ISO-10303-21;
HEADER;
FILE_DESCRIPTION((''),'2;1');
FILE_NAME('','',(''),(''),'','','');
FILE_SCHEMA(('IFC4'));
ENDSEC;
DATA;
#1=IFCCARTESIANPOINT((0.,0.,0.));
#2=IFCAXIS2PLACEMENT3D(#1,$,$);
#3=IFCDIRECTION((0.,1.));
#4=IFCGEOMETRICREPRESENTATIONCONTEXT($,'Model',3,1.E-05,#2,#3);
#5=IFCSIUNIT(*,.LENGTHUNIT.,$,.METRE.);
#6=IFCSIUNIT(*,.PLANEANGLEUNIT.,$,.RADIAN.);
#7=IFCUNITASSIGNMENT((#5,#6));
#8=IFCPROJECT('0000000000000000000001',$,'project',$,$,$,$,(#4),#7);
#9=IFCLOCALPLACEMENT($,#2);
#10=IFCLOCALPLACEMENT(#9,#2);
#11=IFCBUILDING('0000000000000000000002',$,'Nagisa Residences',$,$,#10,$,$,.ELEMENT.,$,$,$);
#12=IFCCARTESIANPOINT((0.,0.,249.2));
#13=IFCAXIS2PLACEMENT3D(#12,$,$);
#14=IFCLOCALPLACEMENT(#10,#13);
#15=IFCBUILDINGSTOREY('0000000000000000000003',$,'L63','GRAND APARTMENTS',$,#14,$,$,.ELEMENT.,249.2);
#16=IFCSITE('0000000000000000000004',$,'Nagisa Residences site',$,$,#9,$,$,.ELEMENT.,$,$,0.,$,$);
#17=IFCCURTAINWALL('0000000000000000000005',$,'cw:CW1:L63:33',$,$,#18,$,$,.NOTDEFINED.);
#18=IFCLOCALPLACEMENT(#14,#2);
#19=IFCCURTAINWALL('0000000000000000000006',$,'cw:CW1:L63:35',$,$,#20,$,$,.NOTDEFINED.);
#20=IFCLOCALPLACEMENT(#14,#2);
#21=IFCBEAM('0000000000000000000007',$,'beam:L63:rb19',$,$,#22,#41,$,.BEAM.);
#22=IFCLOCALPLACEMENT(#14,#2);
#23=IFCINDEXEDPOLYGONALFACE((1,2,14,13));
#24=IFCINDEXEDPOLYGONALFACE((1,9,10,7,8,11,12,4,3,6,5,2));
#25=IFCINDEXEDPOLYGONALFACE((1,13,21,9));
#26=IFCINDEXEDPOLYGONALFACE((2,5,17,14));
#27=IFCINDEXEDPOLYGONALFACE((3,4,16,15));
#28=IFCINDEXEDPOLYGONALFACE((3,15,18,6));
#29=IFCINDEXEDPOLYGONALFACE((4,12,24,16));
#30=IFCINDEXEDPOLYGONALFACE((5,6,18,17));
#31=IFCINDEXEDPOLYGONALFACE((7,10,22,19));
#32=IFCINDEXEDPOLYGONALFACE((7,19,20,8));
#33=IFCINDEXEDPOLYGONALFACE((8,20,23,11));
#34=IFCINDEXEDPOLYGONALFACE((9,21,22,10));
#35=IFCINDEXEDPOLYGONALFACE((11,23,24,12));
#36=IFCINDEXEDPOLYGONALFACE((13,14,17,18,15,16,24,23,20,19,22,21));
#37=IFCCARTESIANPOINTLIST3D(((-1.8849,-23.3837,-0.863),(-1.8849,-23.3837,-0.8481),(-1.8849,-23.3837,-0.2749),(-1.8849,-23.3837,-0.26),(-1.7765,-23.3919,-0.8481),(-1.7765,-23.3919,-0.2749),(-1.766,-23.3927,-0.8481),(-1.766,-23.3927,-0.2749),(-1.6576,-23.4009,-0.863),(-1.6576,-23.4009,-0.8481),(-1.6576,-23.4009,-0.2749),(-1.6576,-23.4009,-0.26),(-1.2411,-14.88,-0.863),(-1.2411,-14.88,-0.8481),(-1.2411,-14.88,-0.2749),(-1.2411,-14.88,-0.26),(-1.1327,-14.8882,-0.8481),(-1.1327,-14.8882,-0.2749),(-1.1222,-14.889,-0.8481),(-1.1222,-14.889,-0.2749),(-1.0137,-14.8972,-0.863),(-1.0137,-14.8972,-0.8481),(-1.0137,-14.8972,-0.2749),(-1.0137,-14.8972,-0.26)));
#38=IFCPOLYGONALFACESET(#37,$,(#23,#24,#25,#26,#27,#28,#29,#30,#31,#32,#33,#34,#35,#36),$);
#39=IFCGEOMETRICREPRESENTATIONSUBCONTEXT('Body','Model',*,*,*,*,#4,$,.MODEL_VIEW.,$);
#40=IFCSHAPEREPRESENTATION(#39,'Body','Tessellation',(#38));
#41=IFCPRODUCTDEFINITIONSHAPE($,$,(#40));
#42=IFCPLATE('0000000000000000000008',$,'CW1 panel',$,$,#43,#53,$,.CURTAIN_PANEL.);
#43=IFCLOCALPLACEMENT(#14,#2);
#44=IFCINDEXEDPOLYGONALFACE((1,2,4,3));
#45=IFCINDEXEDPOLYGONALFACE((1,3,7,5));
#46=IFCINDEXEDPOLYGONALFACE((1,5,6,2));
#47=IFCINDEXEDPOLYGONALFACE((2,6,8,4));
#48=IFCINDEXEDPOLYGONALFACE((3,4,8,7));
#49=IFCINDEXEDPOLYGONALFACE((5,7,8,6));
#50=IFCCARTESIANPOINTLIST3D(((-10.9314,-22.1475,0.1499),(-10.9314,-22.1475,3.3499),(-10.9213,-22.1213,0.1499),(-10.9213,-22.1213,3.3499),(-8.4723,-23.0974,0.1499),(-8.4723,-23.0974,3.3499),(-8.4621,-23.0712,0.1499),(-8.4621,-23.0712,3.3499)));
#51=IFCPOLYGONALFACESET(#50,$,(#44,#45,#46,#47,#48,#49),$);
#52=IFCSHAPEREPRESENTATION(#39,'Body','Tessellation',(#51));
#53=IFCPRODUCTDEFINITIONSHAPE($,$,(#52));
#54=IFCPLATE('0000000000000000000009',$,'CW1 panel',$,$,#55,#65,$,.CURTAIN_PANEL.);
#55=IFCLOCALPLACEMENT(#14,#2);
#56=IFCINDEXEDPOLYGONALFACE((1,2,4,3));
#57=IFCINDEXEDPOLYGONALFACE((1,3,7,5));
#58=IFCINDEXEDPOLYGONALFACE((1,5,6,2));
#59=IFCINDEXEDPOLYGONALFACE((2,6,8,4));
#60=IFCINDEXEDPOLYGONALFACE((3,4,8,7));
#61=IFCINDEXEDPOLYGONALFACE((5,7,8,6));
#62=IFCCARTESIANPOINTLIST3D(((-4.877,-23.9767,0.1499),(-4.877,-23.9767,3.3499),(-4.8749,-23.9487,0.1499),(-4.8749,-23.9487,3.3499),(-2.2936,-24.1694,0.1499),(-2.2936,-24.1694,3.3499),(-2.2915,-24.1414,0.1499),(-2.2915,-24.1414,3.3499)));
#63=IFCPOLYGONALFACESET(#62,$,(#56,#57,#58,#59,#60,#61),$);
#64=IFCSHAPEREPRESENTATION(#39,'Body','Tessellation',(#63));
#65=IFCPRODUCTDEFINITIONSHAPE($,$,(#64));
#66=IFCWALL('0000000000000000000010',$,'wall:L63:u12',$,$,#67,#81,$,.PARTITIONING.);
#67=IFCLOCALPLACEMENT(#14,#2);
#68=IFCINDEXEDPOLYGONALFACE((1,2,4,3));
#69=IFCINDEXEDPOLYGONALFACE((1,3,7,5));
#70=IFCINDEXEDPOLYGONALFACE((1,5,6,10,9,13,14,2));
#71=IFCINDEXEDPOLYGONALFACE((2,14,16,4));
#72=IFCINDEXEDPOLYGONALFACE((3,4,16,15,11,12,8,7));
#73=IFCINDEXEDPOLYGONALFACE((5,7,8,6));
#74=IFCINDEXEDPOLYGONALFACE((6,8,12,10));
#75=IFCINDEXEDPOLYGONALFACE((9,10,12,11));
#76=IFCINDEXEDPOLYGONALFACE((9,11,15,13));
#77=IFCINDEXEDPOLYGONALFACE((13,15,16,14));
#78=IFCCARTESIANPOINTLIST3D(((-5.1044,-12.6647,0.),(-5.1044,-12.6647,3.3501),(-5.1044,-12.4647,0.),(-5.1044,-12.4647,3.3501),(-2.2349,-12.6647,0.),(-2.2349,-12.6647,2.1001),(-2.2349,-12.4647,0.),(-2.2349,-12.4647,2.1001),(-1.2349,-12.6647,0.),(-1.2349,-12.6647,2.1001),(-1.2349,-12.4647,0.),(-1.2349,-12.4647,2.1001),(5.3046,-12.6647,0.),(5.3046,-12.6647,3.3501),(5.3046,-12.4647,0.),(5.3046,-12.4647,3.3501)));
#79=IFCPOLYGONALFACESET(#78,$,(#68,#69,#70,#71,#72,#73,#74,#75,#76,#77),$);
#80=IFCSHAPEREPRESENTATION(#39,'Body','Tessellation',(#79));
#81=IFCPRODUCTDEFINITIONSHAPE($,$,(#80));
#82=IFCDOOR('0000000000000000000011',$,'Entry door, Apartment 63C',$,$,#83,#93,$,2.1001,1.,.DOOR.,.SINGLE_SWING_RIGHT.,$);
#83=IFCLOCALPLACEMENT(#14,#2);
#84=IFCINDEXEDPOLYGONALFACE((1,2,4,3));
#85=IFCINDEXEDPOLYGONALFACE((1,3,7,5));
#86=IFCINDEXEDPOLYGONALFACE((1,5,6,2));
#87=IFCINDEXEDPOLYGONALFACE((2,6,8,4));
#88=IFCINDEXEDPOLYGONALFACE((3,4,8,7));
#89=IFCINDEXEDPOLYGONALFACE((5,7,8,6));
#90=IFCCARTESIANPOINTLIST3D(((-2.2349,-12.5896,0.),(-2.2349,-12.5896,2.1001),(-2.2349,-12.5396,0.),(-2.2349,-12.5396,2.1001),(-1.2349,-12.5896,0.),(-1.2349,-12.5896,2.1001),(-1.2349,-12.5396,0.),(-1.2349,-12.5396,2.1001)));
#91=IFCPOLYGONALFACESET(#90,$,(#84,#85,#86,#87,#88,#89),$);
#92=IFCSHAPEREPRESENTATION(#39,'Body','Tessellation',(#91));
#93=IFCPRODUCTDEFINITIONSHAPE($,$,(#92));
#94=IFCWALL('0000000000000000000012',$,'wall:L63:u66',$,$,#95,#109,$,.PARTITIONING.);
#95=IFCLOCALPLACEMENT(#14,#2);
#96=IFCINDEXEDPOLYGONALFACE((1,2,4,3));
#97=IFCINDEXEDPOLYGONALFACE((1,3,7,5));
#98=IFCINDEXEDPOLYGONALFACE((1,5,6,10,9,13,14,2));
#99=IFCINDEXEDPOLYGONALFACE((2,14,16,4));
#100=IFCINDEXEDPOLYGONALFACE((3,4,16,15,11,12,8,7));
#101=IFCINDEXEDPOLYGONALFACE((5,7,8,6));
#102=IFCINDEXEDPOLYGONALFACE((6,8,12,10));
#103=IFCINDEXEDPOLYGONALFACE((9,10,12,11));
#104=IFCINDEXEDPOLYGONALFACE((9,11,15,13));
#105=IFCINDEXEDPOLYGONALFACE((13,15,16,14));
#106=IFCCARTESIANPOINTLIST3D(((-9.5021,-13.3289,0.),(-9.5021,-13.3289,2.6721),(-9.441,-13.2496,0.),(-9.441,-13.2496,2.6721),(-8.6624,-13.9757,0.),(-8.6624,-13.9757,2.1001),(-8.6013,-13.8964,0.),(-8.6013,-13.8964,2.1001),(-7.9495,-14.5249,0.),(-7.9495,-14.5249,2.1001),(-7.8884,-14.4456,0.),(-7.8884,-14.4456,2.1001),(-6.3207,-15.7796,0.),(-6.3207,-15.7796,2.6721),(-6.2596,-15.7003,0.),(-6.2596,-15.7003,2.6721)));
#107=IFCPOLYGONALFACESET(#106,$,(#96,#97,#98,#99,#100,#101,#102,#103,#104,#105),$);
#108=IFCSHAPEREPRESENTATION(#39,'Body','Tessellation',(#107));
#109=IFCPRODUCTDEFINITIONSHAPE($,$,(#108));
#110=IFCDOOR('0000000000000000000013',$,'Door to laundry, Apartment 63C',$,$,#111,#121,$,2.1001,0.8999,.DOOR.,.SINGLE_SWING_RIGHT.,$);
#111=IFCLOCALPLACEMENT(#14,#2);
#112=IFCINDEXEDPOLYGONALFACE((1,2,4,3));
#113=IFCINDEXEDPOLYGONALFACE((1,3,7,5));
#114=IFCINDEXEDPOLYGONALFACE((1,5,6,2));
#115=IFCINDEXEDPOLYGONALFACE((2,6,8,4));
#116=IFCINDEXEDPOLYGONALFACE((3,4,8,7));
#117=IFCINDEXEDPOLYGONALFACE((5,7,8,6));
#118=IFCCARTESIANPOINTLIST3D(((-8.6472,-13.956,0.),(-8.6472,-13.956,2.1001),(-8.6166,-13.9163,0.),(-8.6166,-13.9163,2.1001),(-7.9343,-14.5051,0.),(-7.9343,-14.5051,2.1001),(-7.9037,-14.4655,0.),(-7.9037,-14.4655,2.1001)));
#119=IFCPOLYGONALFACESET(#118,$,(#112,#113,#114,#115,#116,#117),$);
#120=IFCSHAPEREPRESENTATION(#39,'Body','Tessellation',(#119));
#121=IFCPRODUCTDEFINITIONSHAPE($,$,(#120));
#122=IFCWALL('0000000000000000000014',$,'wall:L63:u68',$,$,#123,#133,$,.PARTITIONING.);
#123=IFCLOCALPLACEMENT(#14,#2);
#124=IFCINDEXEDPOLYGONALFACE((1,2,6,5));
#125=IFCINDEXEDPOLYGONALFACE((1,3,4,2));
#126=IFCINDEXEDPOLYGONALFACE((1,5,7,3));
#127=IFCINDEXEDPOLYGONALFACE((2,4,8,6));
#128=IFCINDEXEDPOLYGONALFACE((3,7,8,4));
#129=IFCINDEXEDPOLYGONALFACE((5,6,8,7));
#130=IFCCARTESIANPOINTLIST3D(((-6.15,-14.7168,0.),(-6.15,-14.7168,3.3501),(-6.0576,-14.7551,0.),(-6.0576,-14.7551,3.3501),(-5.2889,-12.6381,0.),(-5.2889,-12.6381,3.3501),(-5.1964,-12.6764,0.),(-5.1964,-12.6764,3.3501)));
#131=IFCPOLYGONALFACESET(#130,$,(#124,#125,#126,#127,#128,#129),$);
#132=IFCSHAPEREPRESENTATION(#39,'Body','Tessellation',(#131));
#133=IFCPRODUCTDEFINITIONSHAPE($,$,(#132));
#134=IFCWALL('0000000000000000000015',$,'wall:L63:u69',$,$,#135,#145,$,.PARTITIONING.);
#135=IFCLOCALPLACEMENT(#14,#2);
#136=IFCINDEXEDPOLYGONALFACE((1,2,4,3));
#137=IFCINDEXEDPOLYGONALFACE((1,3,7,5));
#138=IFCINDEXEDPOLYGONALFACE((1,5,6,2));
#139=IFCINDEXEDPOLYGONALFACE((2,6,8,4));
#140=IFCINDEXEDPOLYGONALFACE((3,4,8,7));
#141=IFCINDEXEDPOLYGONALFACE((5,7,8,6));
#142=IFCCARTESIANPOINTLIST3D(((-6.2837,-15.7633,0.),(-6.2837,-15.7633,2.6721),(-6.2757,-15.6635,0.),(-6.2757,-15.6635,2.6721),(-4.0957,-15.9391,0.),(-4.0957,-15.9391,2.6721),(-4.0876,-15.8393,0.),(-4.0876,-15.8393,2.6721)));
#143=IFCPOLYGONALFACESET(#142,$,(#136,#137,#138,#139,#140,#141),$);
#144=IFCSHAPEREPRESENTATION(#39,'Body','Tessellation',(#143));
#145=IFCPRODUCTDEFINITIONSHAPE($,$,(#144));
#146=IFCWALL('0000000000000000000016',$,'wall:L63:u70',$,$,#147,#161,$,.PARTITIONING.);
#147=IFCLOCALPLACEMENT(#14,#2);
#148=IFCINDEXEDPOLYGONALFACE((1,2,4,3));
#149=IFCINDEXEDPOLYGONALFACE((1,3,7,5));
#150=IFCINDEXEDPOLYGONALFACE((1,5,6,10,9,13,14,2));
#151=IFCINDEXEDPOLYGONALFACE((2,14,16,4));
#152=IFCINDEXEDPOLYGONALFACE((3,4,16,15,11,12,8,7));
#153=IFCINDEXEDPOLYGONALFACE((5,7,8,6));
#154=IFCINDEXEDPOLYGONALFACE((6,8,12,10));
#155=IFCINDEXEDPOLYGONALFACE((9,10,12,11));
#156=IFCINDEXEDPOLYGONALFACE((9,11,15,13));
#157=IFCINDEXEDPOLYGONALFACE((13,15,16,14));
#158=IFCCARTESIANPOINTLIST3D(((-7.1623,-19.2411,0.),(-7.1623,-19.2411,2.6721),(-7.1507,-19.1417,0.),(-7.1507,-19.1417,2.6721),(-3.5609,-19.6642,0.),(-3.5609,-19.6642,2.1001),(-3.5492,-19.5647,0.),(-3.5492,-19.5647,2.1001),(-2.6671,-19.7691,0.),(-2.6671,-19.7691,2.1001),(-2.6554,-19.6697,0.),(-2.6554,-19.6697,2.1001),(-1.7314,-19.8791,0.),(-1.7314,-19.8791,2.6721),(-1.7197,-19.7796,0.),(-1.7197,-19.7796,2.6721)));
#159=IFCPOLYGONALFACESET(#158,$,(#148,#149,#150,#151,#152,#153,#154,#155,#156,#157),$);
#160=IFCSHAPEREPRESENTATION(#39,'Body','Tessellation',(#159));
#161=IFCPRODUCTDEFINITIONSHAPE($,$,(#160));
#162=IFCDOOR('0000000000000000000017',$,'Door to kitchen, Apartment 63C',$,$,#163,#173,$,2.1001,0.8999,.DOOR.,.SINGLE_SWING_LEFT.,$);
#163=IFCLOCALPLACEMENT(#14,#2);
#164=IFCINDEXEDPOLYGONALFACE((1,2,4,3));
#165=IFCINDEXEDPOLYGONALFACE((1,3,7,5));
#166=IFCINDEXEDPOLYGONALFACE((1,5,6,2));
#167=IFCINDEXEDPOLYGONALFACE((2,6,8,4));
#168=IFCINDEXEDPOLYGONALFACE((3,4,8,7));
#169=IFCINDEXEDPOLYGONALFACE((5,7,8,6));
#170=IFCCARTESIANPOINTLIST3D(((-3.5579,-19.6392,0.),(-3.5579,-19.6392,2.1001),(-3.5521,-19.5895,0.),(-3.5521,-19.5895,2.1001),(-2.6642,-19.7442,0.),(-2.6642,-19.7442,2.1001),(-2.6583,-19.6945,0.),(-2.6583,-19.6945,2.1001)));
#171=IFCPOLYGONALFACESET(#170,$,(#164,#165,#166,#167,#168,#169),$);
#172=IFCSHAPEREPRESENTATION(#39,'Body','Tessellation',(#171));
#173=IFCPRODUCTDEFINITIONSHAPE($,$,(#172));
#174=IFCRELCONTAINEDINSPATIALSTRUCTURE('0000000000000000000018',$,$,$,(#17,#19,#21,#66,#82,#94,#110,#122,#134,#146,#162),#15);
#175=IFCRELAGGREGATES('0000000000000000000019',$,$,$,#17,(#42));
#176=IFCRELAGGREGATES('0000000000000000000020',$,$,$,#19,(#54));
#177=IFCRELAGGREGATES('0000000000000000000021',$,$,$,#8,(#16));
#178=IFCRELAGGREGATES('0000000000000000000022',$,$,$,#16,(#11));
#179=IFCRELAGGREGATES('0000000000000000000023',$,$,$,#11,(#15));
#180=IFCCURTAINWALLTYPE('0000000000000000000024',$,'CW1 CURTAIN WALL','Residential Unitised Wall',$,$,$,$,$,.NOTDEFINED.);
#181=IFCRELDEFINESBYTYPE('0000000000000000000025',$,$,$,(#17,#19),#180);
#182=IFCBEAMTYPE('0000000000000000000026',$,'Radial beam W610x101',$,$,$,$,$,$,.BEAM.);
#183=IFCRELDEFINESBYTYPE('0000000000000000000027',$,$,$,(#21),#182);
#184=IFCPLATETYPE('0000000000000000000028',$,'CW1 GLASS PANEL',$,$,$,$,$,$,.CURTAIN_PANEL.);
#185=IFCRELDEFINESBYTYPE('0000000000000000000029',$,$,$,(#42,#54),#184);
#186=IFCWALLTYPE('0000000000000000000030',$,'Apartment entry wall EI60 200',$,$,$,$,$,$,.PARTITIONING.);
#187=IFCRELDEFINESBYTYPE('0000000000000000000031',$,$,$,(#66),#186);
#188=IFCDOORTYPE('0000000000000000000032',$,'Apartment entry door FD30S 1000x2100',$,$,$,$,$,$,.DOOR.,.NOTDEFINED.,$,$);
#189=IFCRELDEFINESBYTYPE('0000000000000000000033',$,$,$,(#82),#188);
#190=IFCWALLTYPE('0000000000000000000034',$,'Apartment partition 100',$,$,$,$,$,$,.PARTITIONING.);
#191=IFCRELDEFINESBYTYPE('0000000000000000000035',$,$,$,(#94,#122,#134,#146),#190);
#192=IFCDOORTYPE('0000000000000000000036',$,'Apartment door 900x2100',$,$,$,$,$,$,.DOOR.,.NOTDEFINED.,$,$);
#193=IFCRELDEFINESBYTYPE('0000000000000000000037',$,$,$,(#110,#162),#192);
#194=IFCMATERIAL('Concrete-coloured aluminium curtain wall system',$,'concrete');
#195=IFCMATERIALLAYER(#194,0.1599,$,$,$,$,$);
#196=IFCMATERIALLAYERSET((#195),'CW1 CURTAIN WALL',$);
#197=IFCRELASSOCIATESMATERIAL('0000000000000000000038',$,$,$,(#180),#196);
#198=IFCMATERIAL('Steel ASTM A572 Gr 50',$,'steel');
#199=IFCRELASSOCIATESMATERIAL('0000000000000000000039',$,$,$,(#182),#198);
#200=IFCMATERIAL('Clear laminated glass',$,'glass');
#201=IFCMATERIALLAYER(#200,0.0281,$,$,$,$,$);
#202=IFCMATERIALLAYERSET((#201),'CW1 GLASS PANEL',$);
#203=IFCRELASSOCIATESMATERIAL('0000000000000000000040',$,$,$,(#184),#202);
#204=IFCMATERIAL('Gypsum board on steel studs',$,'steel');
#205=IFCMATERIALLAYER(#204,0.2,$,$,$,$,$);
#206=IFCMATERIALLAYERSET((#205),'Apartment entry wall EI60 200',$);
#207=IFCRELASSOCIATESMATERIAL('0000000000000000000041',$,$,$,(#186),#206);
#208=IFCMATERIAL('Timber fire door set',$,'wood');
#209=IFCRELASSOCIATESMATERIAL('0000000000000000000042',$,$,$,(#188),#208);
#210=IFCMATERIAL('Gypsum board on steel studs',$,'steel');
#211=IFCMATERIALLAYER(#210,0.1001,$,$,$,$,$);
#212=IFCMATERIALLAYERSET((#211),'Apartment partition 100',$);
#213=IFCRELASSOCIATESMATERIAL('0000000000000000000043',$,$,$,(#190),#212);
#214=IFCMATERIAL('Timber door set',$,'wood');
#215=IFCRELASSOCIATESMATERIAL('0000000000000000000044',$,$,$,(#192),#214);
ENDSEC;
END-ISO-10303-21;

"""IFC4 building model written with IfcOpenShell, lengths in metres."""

from ifc_helpers import new_model, si_unit, direction, frame, frame_2d, origin, origin_2d, place, context, subcontext, project, spatial, rectangle, i_section, extrude, material, layer, layer_set, material_profile, profile_set, type_object, element, fill, aggregate, save


model = new_model("IFC4")

# Units and contexts
model_context = context("Model", 3, precision=1e-05, world=origin(), true_north=direction((0.0, 1.0)))
body_context = subcontext(model_context, "Body", "Model", "MODEL_VIEW")
ifc_project = project(units=[si_unit("LENGTHUNIT", "METRE"), si_unit("PLANEANGLEUNIT", "RADIAN")], contexts=[model_context])

# Site, building, storey
site_placement = place(None, origin())
site = spatial("IfcSite", under=ifc_project, at=site_placement, Name="Nagisa Residences site", CompositionType="ELEMENT", RefElevation=0.0)
building_placement = place(site_placement, origin())
building = spatial("IfcBuilding", under=site, at=building_placement, Name="Nagisa Residences", CompositionType="ELEMENT")
storey_placement = place(building_placement, frame((0.0, 0.0, 249.2)))
storey = spatial("IfcBuildingStorey", under=building, at=storey_placement, Name="L63", Description="GRAND APARTMENTS", CompositionType="ELEMENT", Elevation=249.2)

# Curtain wall
ifc_material_1 = material(Name="Concrete-coloured aluminium curtain wall system", Category="concrete")
ifc_layer_1 = layer(ifc_material_1, 0.1599)
ifc_layer_set_1 = layer_set([ifc_layer_1], Name="CW1 CURTAIN WALL")
curtain_wall_type = type_object("IfcCurtainWallType", Name="CW1 CURTAIN WALL", Description="Residential Unitised Wall", PredefinedType="NOTDEFINED", material=ifc_layer_set_1)
curtain_wall_1_placement = place(storey_placement, origin())
curtain_wall_1 = element("IfcCurtainWall", 1, at=curtain_wall_1_placement, inside=storey, type_object=curtain_wall_type, Name="cw:CW1:L63:33", PredefinedType="NOTDEFINED")

# Curtain wall
curtain_wall_2_placement = place(storey_placement, origin())
curtain_wall_2 = element("IfcCurtainWall", 2, at=curtain_wall_2_placement, inside=storey, type_object=curtain_wall_type, Name="cw:CW1:L63:35", PredefinedType="NOTDEFINED")

# Beam
ifc_material_2 = material(Name="Steel ASTM A572 Gr 50", Category="steel")
ifc_material_profile_1 = material_profile(ifc_material_2, i_section(OverallWidth=0.228, OverallDepth=0.603, WebThickness=0.0105, FlangeThickness=0.0149, at=origin_2d()), Name="W610x101")
ifc_profile_set_1 = profile_set([ifc_material_profile_1], Name="Steel ASTM A572 Gr 50")
beam_type_1 = type_object("IfcBeamType", Name="Radial beam W610x101", PredefinedType="BEAM", material=ifc_profile_set_1)
beam_1_placement = place(storey_placement, frame((-1.7712, -23.3923, -0.5615), z_axis=(0.075492, 0.997146, 0.0), x_axis=(-0.997146, 0.075492, 0.0)))
element("IfcBeam", 3, at=beam_1_placement, inside=storey, type_object=beam_type_1, Name="beam:L63:rb19", PredefinedType="BEAM", context=body_context, shape_type="SweptSolid", body=[
    extrude(i_section(OverallWidth=0.228, OverallDepth=0.603, WebThickness=0.0105, FlangeThickness=0.0149, at=origin_2d()), origin(), (0.0, 0.0, 1.0), 8.5281),
])

# Plates
ifc_material_3 = material(Name="Clear laminated glass", Category="glass")
ifc_layer_2 = layer(ifc_material_3, 0.0281)
ifc_layer_set_2 = layer_set([ifc_layer_2], Name="CW1 GLASS PANEL")
plate_type = type_object("IfcPlateType", Name="CW1 GLASS PANEL", PredefinedType="CURTAIN_PANEL", material=ifc_layer_set_2)
plate_1_placement = place(storey_placement, frame((-9.6968, -22.6094, 0.1499), z_axis=(0.0, 0.0, 1.0), x_axis=(0.932826, -0.360328, 0.0)))
plate_1 = element("IfcPlate", 4, at=plate_1_placement, type_object=plate_type, Name="CW1 panel", PredefinedType="CURTAIN_PANEL", context=body_context, shape_type="SweptSolid", body=[
    extrude(rectangle(XDim=2.6362, YDim=0.0281, at=origin_2d()), origin(), (0.0, 0.0, 1.0), 3.2),
])
aggregate(curtain_wall_1, [plate_1])
plate_2_placement = place(storey_placement, frame((-3.5842, -24.0591, 0.1499), z_axis=(0.0, 0.0, 1.0), x_axis=(0.99723, -0.074377, 0.0)))
plate_2 = element("IfcPlate", 5, at=plate_2_placement, type_object=plate_type, Name="CW1 panel", PredefinedType="CURTAIN_PANEL", context=body_context, shape_type="SweptSolid", body=[
    extrude(rectangle(XDim=2.5906, YDim=0.0281, at=origin_2d()), origin(), (0.0, 0.0, 1.0), 3.2),
])
aggregate(curtain_wall_2, [plate_2])

# Walls, openings, doors
ifc_material_4 = material(Name="Gypsum board on steel studs", Category="steel")
ifc_layer_3 = layer(ifc_material_4, 0.2)
ifc_layer_set_3 = layer_set([ifc_layer_3], Name="Apartment entry wall EI60 200")
wall_type_1 = type_object("IfcWallType", Name="Apartment entry wall EI60 200", PredefinedType="PARTITIONING", material=ifc_layer_set_3)
wall_1_placement = place(storey_placement, frame((-5.1045, -12.5647, 0.0), z_axis=(0.0, 0.0, 1.0), x_axis=(1.0, 0.0, 0.0)))
wall_1 = element("IfcWall", 6, at=wall_1_placement, inside=storey, type_object=wall_type_1, Name="wall:L63:u12", PredefinedType="PARTITIONING", context=body_context, shape_type="SweptSolid", body=[
    extrude(rectangle(XDim=10.4089, YDim=0.2, at=frame_2d((5.2046, 0.0))), origin(), (0.0, 0.0, 1.0), 3.3501),
])
opening_1_placement = place(wall_1_placement, frame((2.8696, 0.0, 0.0)))
opening_1 = element("IfcOpeningElement", 7, at=opening_1_placement, cuts=wall_1, PredefinedType="OPENING", context=body_context, shape_type="SweptSolid", body=[
    extrude(rectangle(XDim=1.0, YDim=2.1001, at=frame_2d((0.5, 1.05))), frame((0.0, 0.1099, 0.0), z_axis=(0.0, -1.0, 0.0), x_axis=(1.0, 0.0, 0.0)), (0.0, 0.0, 1.0), 0.22),
])
ifc_material_5 = material(Name="Timber fire door set", Category="wood")
door_type_1 = type_object("IfcDoorType", Name="Apartment entry door FD30S 1000x2100", OperationType="NOTDEFINED", PredefinedType="DOOR", material=ifc_material_5)
door_1_placement = place(opening_1_placement, frame((1.0, 0.0, 0.0), x_axis=(-1.0, 0.0, 0.0)))
door_1 = element("IfcDoor", 8, at=door_1_placement, inside=storey, type_object=door_type_1, Name="Entry door, Apartment 63C", OperationType="SINGLE_SWING_RIGHT", OverallHeight=2.1001, OverallWidth=1.0, PredefinedType="DOOR", context=body_context, shape_type="SweptSolid", body=[
    extrude(rectangle(XDim=1.0, YDim=2.1001, at=frame_2d((0.5, 1.05))), frame((0.0, 0.0249, 0.0), z_axis=(0.0, -1.0, 0.0), x_axis=(1.0, 0.0, 0.0)), (0.0, 0.0, 1.0), 0.05),
])
fill(opening_1, door_1)
ifc_material_6 = material(Name="Gypsum board on steel studs", Category="steel")
ifc_layer_4 = layer(ifc_material_6, 0.1001)
ifc_layer_set_4 = layer_set([ifc_layer_4], Name="Apartment partition 100")
wall_type_2 = type_object("IfcWallType", Name="Apartment partition 100", PredefinedType="PARTITIONING", material=ifc_layer_set_4)
wall_2_placement = place(storey_placement, frame((-9.4714, -13.2893, 0.0), z_axis=(0.0, 0.0, 1.0), x_axis=(0.792208, -0.610251, 0.0)))
wall_2 = element("IfcWall", 9, at=wall_2_placement, inside=storey, type_object=wall_type_2, Name="wall:L63:u66", PredefinedType="PARTITIONING", context=body_context, shape_type="SweptSolid", body=[
    extrude(rectangle(XDim=4.0159, YDim=0.1001, at=frame_2d((2.0078, 0.0))), origin(), (0.0, 0.0, 1.0), 2.6721),
])
opening_2_placement = place(wall_2_placement, frame((1.0598, 0.0, 0.0)))
opening_2 = element("IfcOpeningElement", 10, at=opening_2_placement, cuts=wall_2, PredefinedType="OPENING", context=body_context, shape_type="SweptSolid", body=[
    extrude(rectangle(XDim=0.8999, YDim=2.1001, at=frame_2d((0.45, 1.05))), frame((0.0, 0.0601, 0.0), z_axis=(0.0, -1.0, 0.0), x_axis=(1.0, 0.0, 0.0)), (0.0, 0.0, 1.0), 0.1201),
])
ifc_material_7 = material(Name="Timber door set", Category="wood")
door_type_2 = type_object("IfcDoorType", Name="Apartment door 900x2100", OperationType="NOTDEFINED", PredefinedType="DOOR", material=ifc_material_7)
door_2_placement = place(opening_2_placement, origin())
door_2 = element("IfcDoor", 11, at=door_2_placement, inside=storey, type_object=door_type_2, Name="Door to laundry, Apartment 63C", OperationType="SINGLE_SWING_RIGHT", OverallHeight=2.1001, OverallWidth=0.8999, PredefinedType="DOOR", context=body_context, shape_type="SweptSolid", body=[
    extrude(rectangle(XDim=0.8999, YDim=2.1001, at=frame_2d((0.45, 1.05))), frame((0.0, 0.0249, 0.0), z_axis=(0.0, -1.0, 0.0), x_axis=(1.0, 0.0, 0.0)), (0.0, 0.0, 1.0), 0.05),
])
fill(opening_2, door_2)

# Walls
wall_3_placement = place(storey_placement, frame((-5.2427, -12.6572, 0.0), z_axis=(0.0, 0.0, 1.0), x_axis=(-0.382719, -0.923865, 0.0)))
element("IfcWall", 12, at=wall_3_placement, inside=storey, type_object=wall_type_2, Name="wall:L63:u68", PredefinedType="PARTITIONING", context=body_context, shape_type="SweptSolid", body=[
    extrude(rectangle(XDim=2.25, YDim=0.1001, at=frame_2d((1.125, 0.0))), origin(), (0.0, 0.0, 1.0), 3.3501),
])
wall_4_placement = place(storey_placement, frame((-6.2798, -15.7134, 0.0), z_axis=(0.0, 0.0, 1.0), x_axis=(0.996788, -0.080081, 0.0)))
element("IfcWall", 13, at=wall_4_placement, inside=storey, type_object=wall_type_2, Name="wall:L63:u69", PredefinedType="PARTITIONING", context=body_context, shape_type="SweptSolid", body=[
    extrude(rectangle(XDim=2.1951, YDim=0.1001, at=frame_2d((1.0977, 0.0))), origin(), (0.0, 0.0, 1.0), 2.6721),
])

# Wall, opening, door
wall_5_placement = place(storey_placement, frame((-7.1565, -19.1914, 0.0), z_axis=(0.0, 0.0, 1.0), x_axis=(0.993172, -0.116663, 0.0)))
wall_5 = element("IfcWall", 14, at=wall_5_placement, inside=storey, type_object=wall_type_2, Name="wall:L63:u70", PredefinedType="PARTITIONING", context=body_context, shape_type="SweptSolid", body=[
    extrude(rectangle(XDim=5.4683, YDim=0.1001, at=frame_2d((2.7341, 0.0))), origin(), (0.0, 0.0, 1.0), 2.6721),
])
opening_3_placement = place(wall_5_placement, frame((3.6262, 0.0, 0.0)))
opening_3 = element("IfcOpeningElement", 15, at=opening_3_placement, cuts=wall_5, PredefinedType="OPENING", context=body_context, shape_type="SweptSolid", body=[
    extrude(rectangle(XDim=0.8999, YDim=2.1001, at=frame_2d((0.45, 1.05))), frame((0.0, 0.0601, 0.0), z_axis=(0.0, -1.0, 0.0), x_axis=(1.0, 0.0, 0.0)), (0.0, 0.0, 1.0), 0.1201),
])
door_3_placement = place(opening_3_placement, frame((0.8999, 0.0, 0.0), x_axis=(-1.0, 0.0, 0.0)))
door_3 = element("IfcDoor", 16, at=door_3_placement, inside=storey, type_object=door_type_2, Name="Door to kitchen, Apartment 63C", OperationType="SINGLE_SWING_LEFT", OverallHeight=2.1001, OverallWidth=0.8999, PredefinedType="DOOR", context=body_context, shape_type="SweptSolid", body=[
    extrude(rectangle(XDim=0.8999, YDim=2.1001, at=frame_2d((0.45, 1.05))), frame((0.0, 0.0249, 0.0), z_axis=(0.0, -1.0, 0.0), x_axis=(1.0, 0.0, 0.0)), (0.0, 0.0, 1.0), 0.05),
])
fill(opening_3, door_3)

save(model, "model.ifc")
